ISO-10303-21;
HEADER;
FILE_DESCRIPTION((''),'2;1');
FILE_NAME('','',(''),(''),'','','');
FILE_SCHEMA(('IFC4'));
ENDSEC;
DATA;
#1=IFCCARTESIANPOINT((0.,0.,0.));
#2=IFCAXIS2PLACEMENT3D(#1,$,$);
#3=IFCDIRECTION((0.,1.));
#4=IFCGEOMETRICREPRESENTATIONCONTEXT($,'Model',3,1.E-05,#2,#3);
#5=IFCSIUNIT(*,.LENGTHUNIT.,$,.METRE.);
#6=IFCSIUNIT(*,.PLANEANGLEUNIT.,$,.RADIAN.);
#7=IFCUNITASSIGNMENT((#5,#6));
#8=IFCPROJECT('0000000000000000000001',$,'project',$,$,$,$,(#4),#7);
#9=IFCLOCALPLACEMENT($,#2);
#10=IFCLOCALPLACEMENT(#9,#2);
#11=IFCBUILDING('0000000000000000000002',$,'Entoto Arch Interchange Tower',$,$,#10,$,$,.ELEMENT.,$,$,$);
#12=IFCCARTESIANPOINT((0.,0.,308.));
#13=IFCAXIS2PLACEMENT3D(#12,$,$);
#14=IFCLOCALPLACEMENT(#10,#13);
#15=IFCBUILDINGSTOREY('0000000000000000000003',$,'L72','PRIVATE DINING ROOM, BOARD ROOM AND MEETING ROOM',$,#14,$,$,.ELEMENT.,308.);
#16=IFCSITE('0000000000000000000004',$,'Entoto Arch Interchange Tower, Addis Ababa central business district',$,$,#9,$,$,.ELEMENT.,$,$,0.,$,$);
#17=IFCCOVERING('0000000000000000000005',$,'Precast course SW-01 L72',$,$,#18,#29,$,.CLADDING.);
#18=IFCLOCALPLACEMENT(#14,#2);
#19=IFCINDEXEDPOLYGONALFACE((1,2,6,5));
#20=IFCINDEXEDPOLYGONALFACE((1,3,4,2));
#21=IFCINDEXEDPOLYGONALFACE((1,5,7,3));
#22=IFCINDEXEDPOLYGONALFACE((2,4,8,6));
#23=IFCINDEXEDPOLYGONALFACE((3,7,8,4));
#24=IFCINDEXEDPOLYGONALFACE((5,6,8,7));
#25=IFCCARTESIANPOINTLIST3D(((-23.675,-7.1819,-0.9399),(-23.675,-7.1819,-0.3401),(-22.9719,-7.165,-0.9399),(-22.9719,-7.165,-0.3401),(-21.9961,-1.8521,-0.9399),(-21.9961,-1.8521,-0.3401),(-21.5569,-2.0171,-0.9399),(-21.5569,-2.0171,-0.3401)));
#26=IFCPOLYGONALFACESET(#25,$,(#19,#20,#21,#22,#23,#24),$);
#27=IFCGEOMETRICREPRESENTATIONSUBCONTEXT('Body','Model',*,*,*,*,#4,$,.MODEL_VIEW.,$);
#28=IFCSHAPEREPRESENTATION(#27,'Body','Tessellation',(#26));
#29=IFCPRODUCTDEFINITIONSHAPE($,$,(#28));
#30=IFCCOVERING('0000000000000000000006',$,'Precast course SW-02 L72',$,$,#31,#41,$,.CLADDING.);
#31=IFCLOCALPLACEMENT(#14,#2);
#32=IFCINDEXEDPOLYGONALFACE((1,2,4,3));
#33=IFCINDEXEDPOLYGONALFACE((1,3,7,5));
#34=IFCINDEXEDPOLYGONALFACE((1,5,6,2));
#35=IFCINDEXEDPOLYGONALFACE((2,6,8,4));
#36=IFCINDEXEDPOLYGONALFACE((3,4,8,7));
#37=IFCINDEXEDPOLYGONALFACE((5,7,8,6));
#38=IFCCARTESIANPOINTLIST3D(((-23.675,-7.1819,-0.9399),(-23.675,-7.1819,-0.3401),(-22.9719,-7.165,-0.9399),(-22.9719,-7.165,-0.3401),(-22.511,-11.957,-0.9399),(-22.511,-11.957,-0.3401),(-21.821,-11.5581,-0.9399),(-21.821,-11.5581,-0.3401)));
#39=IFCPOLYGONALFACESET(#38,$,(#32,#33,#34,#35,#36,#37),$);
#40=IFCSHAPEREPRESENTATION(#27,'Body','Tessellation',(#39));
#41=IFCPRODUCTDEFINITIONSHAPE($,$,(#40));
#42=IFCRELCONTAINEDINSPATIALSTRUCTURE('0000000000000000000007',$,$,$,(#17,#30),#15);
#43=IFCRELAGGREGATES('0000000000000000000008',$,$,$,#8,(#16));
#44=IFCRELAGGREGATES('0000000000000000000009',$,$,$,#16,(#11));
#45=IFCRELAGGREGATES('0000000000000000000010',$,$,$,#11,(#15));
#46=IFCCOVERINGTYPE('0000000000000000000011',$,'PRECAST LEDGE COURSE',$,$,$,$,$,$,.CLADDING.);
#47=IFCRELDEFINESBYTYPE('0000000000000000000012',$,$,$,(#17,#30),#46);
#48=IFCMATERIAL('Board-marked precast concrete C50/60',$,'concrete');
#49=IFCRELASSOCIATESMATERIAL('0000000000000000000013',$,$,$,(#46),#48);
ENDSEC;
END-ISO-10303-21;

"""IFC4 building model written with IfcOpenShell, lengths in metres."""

from ifc_helpers import new_model, si_unit, direction, frame, origin, place, context, subcontext, project, spatial, polyline, outline, extrude, material, type_object, element, save


model = new_model("IFC4")

# Units and contexts
model_context = context("Model", 3, precision=1e-05, world=origin(), true_north=direction((0.0, 1.0)))
body_context = subcontext(model_context, "Body", "Model", "MODEL_VIEW")
ifc_project = project(units=[si_unit("LENGTHUNIT", "METRE"), si_unit("PLANEANGLEUNIT", "RADIAN")], contexts=[model_context])

# Site, building, storey
site_placement = place(None, origin())
site = spatial("IfcSite", under=ifc_project, at=site_placement, Name="Entoto Arch Interchange Tower, Addis Ababa central business district", CompositionType="ELEMENT", RefElevation=0.0)
building_placement = place(site_placement, origin())
building = spatial("IfcBuilding", under=site, at=building_placement, Name="Entoto Arch Interchange Tower", CompositionType="ELEMENT")
storey_placement = place(building_placement, frame((0.0, 0.0, 308.0)))
storey = spatial("IfcBuildingStorey", under=building, at=storey_placement, Name="L72", Description="PRIVATE DINING ROOM, BOARD ROOM AND MEETING ROOM", CompositionType="ELEMENT", Elevation=308.0)

# Coverings
ifc_material = material(Name="Board-marked precast concrete C50/60", Category="concrete")
covering_type = type_object("IfcCoveringType", Name="PRECAST LEDGE COURSE", PredefinedType="CLADDING", material=ifc_material)
covering_1_placement = place(storey_placement, frame((0.0, 0.0, -0.9399)))
element("IfcCovering", 1, at=covering_1_placement, inside=storey, type_object=covering_type, Name="Precast course SW-01 L72", PredefinedType="CLADDING", context=body_context, shape_type="SweptSolid", body=[
    extrude(outline(polyline([(-22.9719, -7.165), (-23.675, -7.1819), (-21.9961, -1.8521), (-21.5569, -2.0171), (-22.9719, -7.165)])), origin(), (0.0, 0.0, 1.0), 0.5999),
])
covering_2_placement = place(storey_placement, frame((0.0, 0.0, -0.9399)))
element("IfcCovering", 2, at=covering_2_placement, inside=storey, type_object=covering_type, Name="Precast course SW-02 L72", PredefinedType="CLADDING", context=body_context, shape_type="SweptSolid", body=[
    extrude(outline(polyline([(-21.821, -11.5581), (-22.511, -11.957), (-23.675, -7.1819), (-22.9719, -7.165), (-21.821, -11.5581)])), origin(), (0.0, 0.0, 1.0), 0.5999),
])

save(model, "model.ifc")
